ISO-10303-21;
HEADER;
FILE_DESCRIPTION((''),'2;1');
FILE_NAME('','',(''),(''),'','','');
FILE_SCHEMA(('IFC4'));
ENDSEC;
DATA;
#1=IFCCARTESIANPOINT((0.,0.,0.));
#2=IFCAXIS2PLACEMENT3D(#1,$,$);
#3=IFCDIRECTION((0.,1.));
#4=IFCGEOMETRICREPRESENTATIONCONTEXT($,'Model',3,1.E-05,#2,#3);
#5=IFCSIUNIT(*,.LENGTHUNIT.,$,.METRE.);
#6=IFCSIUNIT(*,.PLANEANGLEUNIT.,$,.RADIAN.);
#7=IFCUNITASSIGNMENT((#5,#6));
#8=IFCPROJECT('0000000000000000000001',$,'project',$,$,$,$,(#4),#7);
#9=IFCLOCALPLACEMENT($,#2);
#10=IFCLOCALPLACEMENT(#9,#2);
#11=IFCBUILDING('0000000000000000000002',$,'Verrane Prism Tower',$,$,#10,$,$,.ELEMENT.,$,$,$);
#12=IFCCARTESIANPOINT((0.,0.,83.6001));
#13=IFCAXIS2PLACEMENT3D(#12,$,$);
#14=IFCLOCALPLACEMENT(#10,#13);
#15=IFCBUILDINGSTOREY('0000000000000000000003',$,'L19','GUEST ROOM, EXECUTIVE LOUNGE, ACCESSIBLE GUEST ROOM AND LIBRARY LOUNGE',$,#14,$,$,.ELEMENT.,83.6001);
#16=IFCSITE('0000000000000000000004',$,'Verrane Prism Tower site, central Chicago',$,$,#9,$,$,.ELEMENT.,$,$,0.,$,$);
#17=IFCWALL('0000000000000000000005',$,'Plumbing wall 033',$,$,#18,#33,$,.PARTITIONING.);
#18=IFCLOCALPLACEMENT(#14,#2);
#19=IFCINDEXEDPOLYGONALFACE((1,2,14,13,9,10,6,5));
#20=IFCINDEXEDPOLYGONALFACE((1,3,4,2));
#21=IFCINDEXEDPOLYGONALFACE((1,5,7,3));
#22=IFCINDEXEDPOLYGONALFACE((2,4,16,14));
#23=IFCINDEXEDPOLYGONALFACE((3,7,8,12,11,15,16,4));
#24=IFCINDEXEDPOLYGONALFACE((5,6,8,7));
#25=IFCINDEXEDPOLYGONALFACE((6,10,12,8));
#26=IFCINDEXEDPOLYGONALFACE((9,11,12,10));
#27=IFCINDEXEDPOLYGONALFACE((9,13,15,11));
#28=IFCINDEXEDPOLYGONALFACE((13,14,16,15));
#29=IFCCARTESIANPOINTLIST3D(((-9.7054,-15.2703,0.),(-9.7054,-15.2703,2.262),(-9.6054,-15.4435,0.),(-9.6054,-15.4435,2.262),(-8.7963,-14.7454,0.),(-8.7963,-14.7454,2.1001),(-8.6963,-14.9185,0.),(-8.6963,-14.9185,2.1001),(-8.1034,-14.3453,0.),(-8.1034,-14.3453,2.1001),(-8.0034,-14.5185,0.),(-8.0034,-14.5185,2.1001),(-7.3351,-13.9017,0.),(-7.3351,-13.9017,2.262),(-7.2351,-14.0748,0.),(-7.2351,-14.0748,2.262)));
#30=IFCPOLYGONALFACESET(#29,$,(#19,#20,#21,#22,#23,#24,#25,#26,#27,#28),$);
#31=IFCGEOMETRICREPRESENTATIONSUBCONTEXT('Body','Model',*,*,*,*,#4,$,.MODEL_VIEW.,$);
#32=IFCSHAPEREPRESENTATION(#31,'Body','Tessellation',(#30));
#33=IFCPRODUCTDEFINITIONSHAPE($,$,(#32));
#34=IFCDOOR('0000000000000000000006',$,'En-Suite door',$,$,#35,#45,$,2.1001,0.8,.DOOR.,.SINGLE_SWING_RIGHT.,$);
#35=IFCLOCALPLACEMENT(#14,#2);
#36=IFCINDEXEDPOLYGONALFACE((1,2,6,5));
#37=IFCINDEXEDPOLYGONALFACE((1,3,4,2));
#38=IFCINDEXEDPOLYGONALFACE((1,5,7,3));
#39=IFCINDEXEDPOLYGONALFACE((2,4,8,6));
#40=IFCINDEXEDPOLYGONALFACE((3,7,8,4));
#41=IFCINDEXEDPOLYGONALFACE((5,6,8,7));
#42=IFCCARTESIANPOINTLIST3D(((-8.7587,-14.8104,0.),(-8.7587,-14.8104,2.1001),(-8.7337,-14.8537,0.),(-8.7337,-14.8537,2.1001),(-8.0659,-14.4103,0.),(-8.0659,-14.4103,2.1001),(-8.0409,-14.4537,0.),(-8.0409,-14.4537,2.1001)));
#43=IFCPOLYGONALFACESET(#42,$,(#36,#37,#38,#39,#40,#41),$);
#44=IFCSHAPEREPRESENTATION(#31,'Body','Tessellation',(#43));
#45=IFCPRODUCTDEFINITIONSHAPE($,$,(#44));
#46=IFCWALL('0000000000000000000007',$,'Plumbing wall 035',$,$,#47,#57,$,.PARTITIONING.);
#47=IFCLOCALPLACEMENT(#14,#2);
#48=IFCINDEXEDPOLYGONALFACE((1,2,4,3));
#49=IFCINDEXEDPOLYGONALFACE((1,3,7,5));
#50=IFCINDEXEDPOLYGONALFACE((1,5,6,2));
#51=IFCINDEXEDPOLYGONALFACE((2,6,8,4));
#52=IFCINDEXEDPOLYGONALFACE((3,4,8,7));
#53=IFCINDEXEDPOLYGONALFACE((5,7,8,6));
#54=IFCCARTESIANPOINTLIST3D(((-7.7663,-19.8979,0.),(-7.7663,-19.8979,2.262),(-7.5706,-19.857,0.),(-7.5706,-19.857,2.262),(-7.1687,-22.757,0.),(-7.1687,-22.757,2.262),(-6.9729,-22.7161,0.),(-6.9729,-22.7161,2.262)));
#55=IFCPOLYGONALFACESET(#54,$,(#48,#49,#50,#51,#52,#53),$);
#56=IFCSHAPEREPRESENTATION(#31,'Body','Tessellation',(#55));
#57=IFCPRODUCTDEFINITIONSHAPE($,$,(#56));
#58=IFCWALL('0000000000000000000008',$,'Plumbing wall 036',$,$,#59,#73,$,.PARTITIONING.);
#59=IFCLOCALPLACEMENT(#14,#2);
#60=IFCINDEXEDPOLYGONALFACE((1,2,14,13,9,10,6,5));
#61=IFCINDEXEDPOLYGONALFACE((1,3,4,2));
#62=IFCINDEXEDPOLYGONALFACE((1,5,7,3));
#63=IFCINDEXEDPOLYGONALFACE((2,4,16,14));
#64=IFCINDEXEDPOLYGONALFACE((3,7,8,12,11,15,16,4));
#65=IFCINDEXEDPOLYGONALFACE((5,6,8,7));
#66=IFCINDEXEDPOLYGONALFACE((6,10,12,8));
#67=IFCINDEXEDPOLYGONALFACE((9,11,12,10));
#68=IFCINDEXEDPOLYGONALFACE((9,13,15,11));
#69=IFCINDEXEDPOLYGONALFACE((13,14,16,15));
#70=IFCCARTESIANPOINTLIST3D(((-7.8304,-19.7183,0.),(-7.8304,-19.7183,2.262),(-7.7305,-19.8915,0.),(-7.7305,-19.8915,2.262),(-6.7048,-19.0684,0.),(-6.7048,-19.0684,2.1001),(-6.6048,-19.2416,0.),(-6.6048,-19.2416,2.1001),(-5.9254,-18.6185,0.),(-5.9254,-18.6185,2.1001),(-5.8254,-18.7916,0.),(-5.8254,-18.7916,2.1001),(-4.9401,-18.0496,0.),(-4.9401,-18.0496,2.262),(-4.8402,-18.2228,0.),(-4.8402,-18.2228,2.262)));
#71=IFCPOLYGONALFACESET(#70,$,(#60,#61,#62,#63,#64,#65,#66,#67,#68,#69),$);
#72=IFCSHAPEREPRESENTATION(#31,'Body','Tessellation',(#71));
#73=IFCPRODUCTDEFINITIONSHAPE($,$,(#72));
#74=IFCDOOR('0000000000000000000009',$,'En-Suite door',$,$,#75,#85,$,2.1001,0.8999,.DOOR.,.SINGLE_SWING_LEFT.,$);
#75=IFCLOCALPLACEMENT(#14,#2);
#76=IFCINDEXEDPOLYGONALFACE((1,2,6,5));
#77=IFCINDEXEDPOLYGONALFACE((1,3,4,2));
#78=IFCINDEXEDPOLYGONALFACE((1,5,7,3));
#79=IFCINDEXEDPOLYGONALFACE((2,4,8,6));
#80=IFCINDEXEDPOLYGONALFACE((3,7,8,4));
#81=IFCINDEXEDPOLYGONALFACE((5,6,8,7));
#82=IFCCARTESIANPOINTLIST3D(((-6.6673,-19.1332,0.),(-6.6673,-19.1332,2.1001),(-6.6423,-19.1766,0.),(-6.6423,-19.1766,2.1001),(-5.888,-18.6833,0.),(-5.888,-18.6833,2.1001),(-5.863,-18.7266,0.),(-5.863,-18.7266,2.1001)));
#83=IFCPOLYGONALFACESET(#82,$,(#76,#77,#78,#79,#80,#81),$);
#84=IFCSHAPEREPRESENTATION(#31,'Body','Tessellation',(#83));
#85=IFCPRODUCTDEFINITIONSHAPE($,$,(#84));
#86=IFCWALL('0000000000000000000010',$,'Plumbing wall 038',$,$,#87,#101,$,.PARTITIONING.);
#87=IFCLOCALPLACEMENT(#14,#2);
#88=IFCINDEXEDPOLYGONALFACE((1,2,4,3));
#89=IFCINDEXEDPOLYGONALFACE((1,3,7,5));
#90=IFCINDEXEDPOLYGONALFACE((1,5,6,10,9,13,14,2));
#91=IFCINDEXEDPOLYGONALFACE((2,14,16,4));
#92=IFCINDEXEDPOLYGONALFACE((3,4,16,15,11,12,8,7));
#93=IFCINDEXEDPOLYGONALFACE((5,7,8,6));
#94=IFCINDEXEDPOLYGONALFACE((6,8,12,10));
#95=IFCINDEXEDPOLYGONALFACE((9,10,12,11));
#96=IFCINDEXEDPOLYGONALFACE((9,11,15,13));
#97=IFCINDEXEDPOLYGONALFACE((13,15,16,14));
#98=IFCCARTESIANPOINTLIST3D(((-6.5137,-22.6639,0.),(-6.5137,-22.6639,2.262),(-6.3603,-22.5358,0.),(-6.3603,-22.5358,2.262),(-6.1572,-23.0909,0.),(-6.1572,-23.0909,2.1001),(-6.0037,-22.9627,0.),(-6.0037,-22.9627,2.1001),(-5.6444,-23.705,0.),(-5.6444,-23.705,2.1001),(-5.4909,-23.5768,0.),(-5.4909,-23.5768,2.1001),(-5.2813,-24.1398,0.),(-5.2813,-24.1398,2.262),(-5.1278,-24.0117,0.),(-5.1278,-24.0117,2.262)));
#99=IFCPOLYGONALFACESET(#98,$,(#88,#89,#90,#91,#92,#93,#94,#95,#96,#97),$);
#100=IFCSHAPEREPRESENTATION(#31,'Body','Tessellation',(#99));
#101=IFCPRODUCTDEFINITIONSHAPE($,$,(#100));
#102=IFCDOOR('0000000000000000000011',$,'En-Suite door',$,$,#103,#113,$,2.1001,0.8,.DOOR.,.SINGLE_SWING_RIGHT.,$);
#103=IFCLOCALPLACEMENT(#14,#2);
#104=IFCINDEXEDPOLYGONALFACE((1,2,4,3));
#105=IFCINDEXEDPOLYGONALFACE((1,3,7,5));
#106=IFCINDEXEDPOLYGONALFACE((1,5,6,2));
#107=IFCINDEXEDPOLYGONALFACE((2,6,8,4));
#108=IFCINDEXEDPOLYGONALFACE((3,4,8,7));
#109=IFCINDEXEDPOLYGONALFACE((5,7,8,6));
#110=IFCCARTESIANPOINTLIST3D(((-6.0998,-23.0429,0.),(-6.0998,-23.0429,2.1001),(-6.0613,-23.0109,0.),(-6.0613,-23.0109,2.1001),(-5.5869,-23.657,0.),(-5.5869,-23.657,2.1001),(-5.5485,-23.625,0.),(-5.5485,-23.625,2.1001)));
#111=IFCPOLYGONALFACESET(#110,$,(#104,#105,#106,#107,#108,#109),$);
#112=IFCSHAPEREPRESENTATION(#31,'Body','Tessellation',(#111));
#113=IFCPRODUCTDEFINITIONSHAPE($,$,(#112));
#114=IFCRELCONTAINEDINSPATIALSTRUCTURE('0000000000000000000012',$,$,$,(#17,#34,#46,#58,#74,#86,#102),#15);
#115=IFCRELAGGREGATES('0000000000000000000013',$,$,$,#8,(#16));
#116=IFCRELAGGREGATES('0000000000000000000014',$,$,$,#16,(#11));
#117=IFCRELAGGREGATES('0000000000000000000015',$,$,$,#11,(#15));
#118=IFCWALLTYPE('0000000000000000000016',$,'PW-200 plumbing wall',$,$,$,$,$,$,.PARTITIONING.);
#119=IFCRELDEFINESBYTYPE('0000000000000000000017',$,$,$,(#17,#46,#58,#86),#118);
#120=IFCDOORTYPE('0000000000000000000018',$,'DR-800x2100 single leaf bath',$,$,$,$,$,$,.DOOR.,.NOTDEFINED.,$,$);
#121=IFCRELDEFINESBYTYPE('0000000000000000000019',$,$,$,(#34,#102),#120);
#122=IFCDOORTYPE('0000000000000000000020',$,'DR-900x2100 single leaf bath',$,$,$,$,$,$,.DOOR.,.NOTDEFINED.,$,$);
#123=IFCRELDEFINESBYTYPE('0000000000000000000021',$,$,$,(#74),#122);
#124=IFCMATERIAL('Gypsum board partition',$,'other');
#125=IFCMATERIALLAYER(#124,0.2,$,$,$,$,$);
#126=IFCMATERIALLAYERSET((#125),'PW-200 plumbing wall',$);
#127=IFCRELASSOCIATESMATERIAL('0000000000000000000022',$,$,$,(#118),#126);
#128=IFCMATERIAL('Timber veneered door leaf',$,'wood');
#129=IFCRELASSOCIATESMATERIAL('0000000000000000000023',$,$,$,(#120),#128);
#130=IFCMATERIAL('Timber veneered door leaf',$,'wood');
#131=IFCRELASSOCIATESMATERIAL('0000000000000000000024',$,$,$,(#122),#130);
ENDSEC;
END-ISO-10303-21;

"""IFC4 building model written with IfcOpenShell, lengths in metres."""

from ifc_helpers import new_model, si_unit, direction, frame, frame_2d, origin, place, context, subcontext, project, spatial, rectangle, extrude, material, layer, layer_set, type_object, element, fill, save


model = new_model("IFC4")

# Units and contexts
model_context = context("Model", 3, precision=1e-05, world=origin(), true_north=direction((0.0, 1.0)))
body_context = subcontext(model_context, "Body", "Model", "MODEL_VIEW")
ifc_project = project(units=[si_unit("LENGTHUNIT", "METRE"), si_unit("PLANEANGLEUNIT", "RADIAN")], contexts=[model_context])

# Site, building, storey
site_placement = place(None, origin())
site = spatial("IfcSite", under=ifc_project, at=site_placement, Name="Verrane Prism Tower site, central Chicago", CompositionType="ELEMENT", RefElevation=0.0)
building_placement = place(site_placement, origin())
building = spatial("IfcBuilding", under=site, at=building_placement, Name="Verrane Prism Tower", CompositionType="ELEMENT")
storey_placement = place(building_placement, frame((0.0, 0.0, 83.6001)))
storey = spatial("IfcBuildingStorey", under=building, at=storey_placement, Name="L19", Description="GUEST ROOM, EXECUTIVE LOUNGE, ACCESSIBLE GUEST ROOM AND LIBRARY LOUNGE", CompositionType="ELEMENT", Elevation=83.6001)

# Shared definitions
ifc_material_1 = material(Name="Gypsum board partition", Category="other")
ifc_layer_1 = layer(ifc_material_1, 0.2)
ifc_layer_set_1 = layer_set([ifc_layer_1], Name="PW-200 plumbing wall")
wall_type_1 = type_object("IfcWallType", Name="PW-200 plumbing wall", PredefinedType="PARTITIONING", material=ifc_layer_set_1)

# Wall, opening, door
wall_1_placement = place(storey_placement, frame((-9.6555, -15.3569, 0.0), z_axis=(0.0, 0.0, 1.0), x_axis=(0.866006, 0.500034, 0.0)))
wall_1 = element("IfcWall", 1, at=wall_1_placement, inside=storey, type_object=wall_type_1, Name="Plumbing wall 033", PredefinedType="PARTITIONING", context=body_context, shape_type="SweptSolid", body=[
    extrude(rectangle(XDim=2.7371, YDim=0.2, at=frame_2d((1.3687, 0.0))), origin(), (0.0, 0.0, 1.0), 2.262),
])
opening_1_placement = place(wall_1_placement, frame((1.05, 0.0, 0.0)))
opening_1 = element("IfcOpeningElement", 2, at=opening_1_placement, cuts=wall_1, PredefinedType="OPENING", context=body_context, shape_type="SweptSolid", body=[
    extrude(rectangle(XDim=0.8, YDim=2.1001, at=frame_2d((0.3999, 1.05))), frame((0.0, 0.1099, 0.0), z_axis=(0.0, -1.0, 0.0), x_axis=(1.0, 0.0, 0.0)), (0.0, 0.0, 1.0), 0.22),
])
ifc_material_2 = material(Name="Timber veneered door leaf", Category="wood")
door_type_1 = type_object("IfcDoorType", Name="DR-800x2100 single leaf bath", OperationType="NOTDEFINED", PredefinedType="DOOR", material=ifc_material_2)
door_1_placement = place(opening_1_placement, origin())
door_1 = element("IfcDoor", 3, at=door_1_placement, inside=storey, type_object=door_type_1, Name="En-Suite door", OperationType="SINGLE_SWING_RIGHT", OverallHeight=2.1001, OverallWidth=0.8, PredefinedType="DOOR", context=body_context, shape_type="SweptSolid", body=[
    extrude(rectangle(XDim=0.8, YDim=2.1001, at=frame_2d((0.3999, 1.05))), frame((0.0, 0.0249, 0.0), z_axis=(0.0, -1.0, 0.0), x_axis=(1.0, 0.0, 0.0)), (0.0, 0.0, 1.0), 0.05),
])
fill(opening_1, door_1)

# Wall
wall_2_placement = place(storey_placement, frame((-7.6685, -19.8774, 0.0), z_axis=(0.0, 0.0, 1.0), x_axis=(0.204612, -0.978843, 0.0)))
element("IfcWall", 4, at=wall_2_placement, inside=storey, type_object=wall_type_1, Name="Plumbing wall 035", PredefinedType="PARTITIONING", context=body_context, shape_type="SweptSolid", body=[
    extrude(rectangle(XDim=2.9209, YDim=0.2, at=frame_2d((1.4604, 0.0))), origin(), (0.0, 0.0, 1.0), 2.262),
])

# Walls, openings, doors
wall_3_placement = place(storey_placement, frame((-4.8901, -18.1362, 0.0), z_axis=(0.0, 0.0, 1.0), x_axis=(-0.866033, -0.499986, 0.0)))
wall_3 = element("IfcWall", 5, at=wall_3_placement, inside=storey, type_object=wall_type_1, Name="Plumbing wall 036", PredefinedType="PARTITIONING", context=body_context, shape_type="SweptSolid", body=[
    extrude(rectangle(XDim=3.3374, YDim=0.2, at=frame_2d((1.6687, 0.0))), origin(), (0.0, 0.0, 1.0), 2.262),
])
opening_2_placement = place(wall_3_placement, frame((1.1377, 0.0, 0.0)))
opening_2 = element("IfcOpeningElement", 6, at=opening_2_placement, cuts=wall_3, PredefinedType="OPENING", context=body_context, shape_type="SweptSolid", body=[
    extrude(rectangle(XDim=0.8999, YDim=2.1001, at=frame_2d((0.45, 1.05))), frame((0.0, 0.1099, 0.0), z_axis=(0.0, -1.0, 0.0), x_axis=(1.0, 0.0, 0.0)), (0.0, 0.0, 1.0), 0.22),
])
ifc_material_3 = material(Name="Timber veneered door leaf", Category="wood")
door_type_2 = type_object("IfcDoorType", Name="DR-900x2100 single leaf bath", OperationType="NOTDEFINED", PredefinedType="DOOR", material=ifc_material_3)
door_2_placement = place(opening_2_placement, origin())
door_2 = element("IfcDoor", 7, at=door_2_placement, inside=storey, type_object=door_type_2, Name="En-Suite door", OperationType="SINGLE_SWING_LEFT", OverallHeight=2.1001, OverallWidth=0.8999, PredefinedType="DOOR", context=body_context, shape_type="SweptSolid", body=[
    extrude(rectangle(XDim=0.8999, YDim=2.1001, at=frame_2d((0.45, 1.05))), frame((0.0, 0.0249, 0.0), z_axis=(0.0, -1.0, 0.0), x_axis=(1.0, 0.0, 0.0)), (0.0, 0.0, 1.0), 0.05),
])
fill(opening_2, door_2)
wall_4_placement = place(storey_placement, frame((-6.437, -22.5999, 0.0), z_axis=(0.0, 0.0, 1.0), x_axis=(0.640971, -0.767565, 0.0)))
wall_4 = element("IfcWall", 8, at=wall_4_placement, inside=storey, type_object=wall_type_1, Name="Plumbing wall 038", PredefinedType="PARTITIONING", context=body_context, shape_type="SweptSolid", body=[
    extrude(rectangle(XDim=1.9229, YDim=0.2, at=frame_2d((0.9614, 0.0))), origin(), (0.0, 0.0, 1.0), 2.262),
])
opening_3_placement = place(wall_4_placement, frame((0.5564, 0.0, 0.0)))
opening_3 = element("IfcOpeningElement", 9, at=opening_3_placement, cuts=wall_4, PredefinedType="OPENING", context=body_context, shape_type="SweptSolid", body=[
    extrude(rectangle(XDim=0.8, YDim=2.1001, at=frame_2d((0.3999, 1.05))), frame((0.0, 0.1099, 0.0), z_axis=(0.0, -1.0, 0.0), x_axis=(1.0, 0.0, 0.0)), (0.0, 0.0, 1.0), 0.22),
])
door_3_placement = place(opening_3_placement, origin())
door_3 = element("IfcDoor", 10, at=door_3_placement, inside=storey, type_object=door_type_1, Name="En-Suite door", OperationType="SINGLE_SWING_RIGHT", OverallHeight=2.1001, OverallWidth=0.8, PredefinedType="DOOR", context=body_context, shape_type="SweptSolid", body=[
    extrude(rectangle(XDim=0.8, YDim=2.1001, at=frame_2d((0.3999, 1.05))), frame((0.0, 0.0249, 0.0), z_axis=(0.0, -1.0, 0.0), x_axis=(1.0, 0.0, 0.0)), (0.0, 0.0, 1.0), 0.05),
])
fill(opening_3, door_3)

save(model, "model.ifc")
